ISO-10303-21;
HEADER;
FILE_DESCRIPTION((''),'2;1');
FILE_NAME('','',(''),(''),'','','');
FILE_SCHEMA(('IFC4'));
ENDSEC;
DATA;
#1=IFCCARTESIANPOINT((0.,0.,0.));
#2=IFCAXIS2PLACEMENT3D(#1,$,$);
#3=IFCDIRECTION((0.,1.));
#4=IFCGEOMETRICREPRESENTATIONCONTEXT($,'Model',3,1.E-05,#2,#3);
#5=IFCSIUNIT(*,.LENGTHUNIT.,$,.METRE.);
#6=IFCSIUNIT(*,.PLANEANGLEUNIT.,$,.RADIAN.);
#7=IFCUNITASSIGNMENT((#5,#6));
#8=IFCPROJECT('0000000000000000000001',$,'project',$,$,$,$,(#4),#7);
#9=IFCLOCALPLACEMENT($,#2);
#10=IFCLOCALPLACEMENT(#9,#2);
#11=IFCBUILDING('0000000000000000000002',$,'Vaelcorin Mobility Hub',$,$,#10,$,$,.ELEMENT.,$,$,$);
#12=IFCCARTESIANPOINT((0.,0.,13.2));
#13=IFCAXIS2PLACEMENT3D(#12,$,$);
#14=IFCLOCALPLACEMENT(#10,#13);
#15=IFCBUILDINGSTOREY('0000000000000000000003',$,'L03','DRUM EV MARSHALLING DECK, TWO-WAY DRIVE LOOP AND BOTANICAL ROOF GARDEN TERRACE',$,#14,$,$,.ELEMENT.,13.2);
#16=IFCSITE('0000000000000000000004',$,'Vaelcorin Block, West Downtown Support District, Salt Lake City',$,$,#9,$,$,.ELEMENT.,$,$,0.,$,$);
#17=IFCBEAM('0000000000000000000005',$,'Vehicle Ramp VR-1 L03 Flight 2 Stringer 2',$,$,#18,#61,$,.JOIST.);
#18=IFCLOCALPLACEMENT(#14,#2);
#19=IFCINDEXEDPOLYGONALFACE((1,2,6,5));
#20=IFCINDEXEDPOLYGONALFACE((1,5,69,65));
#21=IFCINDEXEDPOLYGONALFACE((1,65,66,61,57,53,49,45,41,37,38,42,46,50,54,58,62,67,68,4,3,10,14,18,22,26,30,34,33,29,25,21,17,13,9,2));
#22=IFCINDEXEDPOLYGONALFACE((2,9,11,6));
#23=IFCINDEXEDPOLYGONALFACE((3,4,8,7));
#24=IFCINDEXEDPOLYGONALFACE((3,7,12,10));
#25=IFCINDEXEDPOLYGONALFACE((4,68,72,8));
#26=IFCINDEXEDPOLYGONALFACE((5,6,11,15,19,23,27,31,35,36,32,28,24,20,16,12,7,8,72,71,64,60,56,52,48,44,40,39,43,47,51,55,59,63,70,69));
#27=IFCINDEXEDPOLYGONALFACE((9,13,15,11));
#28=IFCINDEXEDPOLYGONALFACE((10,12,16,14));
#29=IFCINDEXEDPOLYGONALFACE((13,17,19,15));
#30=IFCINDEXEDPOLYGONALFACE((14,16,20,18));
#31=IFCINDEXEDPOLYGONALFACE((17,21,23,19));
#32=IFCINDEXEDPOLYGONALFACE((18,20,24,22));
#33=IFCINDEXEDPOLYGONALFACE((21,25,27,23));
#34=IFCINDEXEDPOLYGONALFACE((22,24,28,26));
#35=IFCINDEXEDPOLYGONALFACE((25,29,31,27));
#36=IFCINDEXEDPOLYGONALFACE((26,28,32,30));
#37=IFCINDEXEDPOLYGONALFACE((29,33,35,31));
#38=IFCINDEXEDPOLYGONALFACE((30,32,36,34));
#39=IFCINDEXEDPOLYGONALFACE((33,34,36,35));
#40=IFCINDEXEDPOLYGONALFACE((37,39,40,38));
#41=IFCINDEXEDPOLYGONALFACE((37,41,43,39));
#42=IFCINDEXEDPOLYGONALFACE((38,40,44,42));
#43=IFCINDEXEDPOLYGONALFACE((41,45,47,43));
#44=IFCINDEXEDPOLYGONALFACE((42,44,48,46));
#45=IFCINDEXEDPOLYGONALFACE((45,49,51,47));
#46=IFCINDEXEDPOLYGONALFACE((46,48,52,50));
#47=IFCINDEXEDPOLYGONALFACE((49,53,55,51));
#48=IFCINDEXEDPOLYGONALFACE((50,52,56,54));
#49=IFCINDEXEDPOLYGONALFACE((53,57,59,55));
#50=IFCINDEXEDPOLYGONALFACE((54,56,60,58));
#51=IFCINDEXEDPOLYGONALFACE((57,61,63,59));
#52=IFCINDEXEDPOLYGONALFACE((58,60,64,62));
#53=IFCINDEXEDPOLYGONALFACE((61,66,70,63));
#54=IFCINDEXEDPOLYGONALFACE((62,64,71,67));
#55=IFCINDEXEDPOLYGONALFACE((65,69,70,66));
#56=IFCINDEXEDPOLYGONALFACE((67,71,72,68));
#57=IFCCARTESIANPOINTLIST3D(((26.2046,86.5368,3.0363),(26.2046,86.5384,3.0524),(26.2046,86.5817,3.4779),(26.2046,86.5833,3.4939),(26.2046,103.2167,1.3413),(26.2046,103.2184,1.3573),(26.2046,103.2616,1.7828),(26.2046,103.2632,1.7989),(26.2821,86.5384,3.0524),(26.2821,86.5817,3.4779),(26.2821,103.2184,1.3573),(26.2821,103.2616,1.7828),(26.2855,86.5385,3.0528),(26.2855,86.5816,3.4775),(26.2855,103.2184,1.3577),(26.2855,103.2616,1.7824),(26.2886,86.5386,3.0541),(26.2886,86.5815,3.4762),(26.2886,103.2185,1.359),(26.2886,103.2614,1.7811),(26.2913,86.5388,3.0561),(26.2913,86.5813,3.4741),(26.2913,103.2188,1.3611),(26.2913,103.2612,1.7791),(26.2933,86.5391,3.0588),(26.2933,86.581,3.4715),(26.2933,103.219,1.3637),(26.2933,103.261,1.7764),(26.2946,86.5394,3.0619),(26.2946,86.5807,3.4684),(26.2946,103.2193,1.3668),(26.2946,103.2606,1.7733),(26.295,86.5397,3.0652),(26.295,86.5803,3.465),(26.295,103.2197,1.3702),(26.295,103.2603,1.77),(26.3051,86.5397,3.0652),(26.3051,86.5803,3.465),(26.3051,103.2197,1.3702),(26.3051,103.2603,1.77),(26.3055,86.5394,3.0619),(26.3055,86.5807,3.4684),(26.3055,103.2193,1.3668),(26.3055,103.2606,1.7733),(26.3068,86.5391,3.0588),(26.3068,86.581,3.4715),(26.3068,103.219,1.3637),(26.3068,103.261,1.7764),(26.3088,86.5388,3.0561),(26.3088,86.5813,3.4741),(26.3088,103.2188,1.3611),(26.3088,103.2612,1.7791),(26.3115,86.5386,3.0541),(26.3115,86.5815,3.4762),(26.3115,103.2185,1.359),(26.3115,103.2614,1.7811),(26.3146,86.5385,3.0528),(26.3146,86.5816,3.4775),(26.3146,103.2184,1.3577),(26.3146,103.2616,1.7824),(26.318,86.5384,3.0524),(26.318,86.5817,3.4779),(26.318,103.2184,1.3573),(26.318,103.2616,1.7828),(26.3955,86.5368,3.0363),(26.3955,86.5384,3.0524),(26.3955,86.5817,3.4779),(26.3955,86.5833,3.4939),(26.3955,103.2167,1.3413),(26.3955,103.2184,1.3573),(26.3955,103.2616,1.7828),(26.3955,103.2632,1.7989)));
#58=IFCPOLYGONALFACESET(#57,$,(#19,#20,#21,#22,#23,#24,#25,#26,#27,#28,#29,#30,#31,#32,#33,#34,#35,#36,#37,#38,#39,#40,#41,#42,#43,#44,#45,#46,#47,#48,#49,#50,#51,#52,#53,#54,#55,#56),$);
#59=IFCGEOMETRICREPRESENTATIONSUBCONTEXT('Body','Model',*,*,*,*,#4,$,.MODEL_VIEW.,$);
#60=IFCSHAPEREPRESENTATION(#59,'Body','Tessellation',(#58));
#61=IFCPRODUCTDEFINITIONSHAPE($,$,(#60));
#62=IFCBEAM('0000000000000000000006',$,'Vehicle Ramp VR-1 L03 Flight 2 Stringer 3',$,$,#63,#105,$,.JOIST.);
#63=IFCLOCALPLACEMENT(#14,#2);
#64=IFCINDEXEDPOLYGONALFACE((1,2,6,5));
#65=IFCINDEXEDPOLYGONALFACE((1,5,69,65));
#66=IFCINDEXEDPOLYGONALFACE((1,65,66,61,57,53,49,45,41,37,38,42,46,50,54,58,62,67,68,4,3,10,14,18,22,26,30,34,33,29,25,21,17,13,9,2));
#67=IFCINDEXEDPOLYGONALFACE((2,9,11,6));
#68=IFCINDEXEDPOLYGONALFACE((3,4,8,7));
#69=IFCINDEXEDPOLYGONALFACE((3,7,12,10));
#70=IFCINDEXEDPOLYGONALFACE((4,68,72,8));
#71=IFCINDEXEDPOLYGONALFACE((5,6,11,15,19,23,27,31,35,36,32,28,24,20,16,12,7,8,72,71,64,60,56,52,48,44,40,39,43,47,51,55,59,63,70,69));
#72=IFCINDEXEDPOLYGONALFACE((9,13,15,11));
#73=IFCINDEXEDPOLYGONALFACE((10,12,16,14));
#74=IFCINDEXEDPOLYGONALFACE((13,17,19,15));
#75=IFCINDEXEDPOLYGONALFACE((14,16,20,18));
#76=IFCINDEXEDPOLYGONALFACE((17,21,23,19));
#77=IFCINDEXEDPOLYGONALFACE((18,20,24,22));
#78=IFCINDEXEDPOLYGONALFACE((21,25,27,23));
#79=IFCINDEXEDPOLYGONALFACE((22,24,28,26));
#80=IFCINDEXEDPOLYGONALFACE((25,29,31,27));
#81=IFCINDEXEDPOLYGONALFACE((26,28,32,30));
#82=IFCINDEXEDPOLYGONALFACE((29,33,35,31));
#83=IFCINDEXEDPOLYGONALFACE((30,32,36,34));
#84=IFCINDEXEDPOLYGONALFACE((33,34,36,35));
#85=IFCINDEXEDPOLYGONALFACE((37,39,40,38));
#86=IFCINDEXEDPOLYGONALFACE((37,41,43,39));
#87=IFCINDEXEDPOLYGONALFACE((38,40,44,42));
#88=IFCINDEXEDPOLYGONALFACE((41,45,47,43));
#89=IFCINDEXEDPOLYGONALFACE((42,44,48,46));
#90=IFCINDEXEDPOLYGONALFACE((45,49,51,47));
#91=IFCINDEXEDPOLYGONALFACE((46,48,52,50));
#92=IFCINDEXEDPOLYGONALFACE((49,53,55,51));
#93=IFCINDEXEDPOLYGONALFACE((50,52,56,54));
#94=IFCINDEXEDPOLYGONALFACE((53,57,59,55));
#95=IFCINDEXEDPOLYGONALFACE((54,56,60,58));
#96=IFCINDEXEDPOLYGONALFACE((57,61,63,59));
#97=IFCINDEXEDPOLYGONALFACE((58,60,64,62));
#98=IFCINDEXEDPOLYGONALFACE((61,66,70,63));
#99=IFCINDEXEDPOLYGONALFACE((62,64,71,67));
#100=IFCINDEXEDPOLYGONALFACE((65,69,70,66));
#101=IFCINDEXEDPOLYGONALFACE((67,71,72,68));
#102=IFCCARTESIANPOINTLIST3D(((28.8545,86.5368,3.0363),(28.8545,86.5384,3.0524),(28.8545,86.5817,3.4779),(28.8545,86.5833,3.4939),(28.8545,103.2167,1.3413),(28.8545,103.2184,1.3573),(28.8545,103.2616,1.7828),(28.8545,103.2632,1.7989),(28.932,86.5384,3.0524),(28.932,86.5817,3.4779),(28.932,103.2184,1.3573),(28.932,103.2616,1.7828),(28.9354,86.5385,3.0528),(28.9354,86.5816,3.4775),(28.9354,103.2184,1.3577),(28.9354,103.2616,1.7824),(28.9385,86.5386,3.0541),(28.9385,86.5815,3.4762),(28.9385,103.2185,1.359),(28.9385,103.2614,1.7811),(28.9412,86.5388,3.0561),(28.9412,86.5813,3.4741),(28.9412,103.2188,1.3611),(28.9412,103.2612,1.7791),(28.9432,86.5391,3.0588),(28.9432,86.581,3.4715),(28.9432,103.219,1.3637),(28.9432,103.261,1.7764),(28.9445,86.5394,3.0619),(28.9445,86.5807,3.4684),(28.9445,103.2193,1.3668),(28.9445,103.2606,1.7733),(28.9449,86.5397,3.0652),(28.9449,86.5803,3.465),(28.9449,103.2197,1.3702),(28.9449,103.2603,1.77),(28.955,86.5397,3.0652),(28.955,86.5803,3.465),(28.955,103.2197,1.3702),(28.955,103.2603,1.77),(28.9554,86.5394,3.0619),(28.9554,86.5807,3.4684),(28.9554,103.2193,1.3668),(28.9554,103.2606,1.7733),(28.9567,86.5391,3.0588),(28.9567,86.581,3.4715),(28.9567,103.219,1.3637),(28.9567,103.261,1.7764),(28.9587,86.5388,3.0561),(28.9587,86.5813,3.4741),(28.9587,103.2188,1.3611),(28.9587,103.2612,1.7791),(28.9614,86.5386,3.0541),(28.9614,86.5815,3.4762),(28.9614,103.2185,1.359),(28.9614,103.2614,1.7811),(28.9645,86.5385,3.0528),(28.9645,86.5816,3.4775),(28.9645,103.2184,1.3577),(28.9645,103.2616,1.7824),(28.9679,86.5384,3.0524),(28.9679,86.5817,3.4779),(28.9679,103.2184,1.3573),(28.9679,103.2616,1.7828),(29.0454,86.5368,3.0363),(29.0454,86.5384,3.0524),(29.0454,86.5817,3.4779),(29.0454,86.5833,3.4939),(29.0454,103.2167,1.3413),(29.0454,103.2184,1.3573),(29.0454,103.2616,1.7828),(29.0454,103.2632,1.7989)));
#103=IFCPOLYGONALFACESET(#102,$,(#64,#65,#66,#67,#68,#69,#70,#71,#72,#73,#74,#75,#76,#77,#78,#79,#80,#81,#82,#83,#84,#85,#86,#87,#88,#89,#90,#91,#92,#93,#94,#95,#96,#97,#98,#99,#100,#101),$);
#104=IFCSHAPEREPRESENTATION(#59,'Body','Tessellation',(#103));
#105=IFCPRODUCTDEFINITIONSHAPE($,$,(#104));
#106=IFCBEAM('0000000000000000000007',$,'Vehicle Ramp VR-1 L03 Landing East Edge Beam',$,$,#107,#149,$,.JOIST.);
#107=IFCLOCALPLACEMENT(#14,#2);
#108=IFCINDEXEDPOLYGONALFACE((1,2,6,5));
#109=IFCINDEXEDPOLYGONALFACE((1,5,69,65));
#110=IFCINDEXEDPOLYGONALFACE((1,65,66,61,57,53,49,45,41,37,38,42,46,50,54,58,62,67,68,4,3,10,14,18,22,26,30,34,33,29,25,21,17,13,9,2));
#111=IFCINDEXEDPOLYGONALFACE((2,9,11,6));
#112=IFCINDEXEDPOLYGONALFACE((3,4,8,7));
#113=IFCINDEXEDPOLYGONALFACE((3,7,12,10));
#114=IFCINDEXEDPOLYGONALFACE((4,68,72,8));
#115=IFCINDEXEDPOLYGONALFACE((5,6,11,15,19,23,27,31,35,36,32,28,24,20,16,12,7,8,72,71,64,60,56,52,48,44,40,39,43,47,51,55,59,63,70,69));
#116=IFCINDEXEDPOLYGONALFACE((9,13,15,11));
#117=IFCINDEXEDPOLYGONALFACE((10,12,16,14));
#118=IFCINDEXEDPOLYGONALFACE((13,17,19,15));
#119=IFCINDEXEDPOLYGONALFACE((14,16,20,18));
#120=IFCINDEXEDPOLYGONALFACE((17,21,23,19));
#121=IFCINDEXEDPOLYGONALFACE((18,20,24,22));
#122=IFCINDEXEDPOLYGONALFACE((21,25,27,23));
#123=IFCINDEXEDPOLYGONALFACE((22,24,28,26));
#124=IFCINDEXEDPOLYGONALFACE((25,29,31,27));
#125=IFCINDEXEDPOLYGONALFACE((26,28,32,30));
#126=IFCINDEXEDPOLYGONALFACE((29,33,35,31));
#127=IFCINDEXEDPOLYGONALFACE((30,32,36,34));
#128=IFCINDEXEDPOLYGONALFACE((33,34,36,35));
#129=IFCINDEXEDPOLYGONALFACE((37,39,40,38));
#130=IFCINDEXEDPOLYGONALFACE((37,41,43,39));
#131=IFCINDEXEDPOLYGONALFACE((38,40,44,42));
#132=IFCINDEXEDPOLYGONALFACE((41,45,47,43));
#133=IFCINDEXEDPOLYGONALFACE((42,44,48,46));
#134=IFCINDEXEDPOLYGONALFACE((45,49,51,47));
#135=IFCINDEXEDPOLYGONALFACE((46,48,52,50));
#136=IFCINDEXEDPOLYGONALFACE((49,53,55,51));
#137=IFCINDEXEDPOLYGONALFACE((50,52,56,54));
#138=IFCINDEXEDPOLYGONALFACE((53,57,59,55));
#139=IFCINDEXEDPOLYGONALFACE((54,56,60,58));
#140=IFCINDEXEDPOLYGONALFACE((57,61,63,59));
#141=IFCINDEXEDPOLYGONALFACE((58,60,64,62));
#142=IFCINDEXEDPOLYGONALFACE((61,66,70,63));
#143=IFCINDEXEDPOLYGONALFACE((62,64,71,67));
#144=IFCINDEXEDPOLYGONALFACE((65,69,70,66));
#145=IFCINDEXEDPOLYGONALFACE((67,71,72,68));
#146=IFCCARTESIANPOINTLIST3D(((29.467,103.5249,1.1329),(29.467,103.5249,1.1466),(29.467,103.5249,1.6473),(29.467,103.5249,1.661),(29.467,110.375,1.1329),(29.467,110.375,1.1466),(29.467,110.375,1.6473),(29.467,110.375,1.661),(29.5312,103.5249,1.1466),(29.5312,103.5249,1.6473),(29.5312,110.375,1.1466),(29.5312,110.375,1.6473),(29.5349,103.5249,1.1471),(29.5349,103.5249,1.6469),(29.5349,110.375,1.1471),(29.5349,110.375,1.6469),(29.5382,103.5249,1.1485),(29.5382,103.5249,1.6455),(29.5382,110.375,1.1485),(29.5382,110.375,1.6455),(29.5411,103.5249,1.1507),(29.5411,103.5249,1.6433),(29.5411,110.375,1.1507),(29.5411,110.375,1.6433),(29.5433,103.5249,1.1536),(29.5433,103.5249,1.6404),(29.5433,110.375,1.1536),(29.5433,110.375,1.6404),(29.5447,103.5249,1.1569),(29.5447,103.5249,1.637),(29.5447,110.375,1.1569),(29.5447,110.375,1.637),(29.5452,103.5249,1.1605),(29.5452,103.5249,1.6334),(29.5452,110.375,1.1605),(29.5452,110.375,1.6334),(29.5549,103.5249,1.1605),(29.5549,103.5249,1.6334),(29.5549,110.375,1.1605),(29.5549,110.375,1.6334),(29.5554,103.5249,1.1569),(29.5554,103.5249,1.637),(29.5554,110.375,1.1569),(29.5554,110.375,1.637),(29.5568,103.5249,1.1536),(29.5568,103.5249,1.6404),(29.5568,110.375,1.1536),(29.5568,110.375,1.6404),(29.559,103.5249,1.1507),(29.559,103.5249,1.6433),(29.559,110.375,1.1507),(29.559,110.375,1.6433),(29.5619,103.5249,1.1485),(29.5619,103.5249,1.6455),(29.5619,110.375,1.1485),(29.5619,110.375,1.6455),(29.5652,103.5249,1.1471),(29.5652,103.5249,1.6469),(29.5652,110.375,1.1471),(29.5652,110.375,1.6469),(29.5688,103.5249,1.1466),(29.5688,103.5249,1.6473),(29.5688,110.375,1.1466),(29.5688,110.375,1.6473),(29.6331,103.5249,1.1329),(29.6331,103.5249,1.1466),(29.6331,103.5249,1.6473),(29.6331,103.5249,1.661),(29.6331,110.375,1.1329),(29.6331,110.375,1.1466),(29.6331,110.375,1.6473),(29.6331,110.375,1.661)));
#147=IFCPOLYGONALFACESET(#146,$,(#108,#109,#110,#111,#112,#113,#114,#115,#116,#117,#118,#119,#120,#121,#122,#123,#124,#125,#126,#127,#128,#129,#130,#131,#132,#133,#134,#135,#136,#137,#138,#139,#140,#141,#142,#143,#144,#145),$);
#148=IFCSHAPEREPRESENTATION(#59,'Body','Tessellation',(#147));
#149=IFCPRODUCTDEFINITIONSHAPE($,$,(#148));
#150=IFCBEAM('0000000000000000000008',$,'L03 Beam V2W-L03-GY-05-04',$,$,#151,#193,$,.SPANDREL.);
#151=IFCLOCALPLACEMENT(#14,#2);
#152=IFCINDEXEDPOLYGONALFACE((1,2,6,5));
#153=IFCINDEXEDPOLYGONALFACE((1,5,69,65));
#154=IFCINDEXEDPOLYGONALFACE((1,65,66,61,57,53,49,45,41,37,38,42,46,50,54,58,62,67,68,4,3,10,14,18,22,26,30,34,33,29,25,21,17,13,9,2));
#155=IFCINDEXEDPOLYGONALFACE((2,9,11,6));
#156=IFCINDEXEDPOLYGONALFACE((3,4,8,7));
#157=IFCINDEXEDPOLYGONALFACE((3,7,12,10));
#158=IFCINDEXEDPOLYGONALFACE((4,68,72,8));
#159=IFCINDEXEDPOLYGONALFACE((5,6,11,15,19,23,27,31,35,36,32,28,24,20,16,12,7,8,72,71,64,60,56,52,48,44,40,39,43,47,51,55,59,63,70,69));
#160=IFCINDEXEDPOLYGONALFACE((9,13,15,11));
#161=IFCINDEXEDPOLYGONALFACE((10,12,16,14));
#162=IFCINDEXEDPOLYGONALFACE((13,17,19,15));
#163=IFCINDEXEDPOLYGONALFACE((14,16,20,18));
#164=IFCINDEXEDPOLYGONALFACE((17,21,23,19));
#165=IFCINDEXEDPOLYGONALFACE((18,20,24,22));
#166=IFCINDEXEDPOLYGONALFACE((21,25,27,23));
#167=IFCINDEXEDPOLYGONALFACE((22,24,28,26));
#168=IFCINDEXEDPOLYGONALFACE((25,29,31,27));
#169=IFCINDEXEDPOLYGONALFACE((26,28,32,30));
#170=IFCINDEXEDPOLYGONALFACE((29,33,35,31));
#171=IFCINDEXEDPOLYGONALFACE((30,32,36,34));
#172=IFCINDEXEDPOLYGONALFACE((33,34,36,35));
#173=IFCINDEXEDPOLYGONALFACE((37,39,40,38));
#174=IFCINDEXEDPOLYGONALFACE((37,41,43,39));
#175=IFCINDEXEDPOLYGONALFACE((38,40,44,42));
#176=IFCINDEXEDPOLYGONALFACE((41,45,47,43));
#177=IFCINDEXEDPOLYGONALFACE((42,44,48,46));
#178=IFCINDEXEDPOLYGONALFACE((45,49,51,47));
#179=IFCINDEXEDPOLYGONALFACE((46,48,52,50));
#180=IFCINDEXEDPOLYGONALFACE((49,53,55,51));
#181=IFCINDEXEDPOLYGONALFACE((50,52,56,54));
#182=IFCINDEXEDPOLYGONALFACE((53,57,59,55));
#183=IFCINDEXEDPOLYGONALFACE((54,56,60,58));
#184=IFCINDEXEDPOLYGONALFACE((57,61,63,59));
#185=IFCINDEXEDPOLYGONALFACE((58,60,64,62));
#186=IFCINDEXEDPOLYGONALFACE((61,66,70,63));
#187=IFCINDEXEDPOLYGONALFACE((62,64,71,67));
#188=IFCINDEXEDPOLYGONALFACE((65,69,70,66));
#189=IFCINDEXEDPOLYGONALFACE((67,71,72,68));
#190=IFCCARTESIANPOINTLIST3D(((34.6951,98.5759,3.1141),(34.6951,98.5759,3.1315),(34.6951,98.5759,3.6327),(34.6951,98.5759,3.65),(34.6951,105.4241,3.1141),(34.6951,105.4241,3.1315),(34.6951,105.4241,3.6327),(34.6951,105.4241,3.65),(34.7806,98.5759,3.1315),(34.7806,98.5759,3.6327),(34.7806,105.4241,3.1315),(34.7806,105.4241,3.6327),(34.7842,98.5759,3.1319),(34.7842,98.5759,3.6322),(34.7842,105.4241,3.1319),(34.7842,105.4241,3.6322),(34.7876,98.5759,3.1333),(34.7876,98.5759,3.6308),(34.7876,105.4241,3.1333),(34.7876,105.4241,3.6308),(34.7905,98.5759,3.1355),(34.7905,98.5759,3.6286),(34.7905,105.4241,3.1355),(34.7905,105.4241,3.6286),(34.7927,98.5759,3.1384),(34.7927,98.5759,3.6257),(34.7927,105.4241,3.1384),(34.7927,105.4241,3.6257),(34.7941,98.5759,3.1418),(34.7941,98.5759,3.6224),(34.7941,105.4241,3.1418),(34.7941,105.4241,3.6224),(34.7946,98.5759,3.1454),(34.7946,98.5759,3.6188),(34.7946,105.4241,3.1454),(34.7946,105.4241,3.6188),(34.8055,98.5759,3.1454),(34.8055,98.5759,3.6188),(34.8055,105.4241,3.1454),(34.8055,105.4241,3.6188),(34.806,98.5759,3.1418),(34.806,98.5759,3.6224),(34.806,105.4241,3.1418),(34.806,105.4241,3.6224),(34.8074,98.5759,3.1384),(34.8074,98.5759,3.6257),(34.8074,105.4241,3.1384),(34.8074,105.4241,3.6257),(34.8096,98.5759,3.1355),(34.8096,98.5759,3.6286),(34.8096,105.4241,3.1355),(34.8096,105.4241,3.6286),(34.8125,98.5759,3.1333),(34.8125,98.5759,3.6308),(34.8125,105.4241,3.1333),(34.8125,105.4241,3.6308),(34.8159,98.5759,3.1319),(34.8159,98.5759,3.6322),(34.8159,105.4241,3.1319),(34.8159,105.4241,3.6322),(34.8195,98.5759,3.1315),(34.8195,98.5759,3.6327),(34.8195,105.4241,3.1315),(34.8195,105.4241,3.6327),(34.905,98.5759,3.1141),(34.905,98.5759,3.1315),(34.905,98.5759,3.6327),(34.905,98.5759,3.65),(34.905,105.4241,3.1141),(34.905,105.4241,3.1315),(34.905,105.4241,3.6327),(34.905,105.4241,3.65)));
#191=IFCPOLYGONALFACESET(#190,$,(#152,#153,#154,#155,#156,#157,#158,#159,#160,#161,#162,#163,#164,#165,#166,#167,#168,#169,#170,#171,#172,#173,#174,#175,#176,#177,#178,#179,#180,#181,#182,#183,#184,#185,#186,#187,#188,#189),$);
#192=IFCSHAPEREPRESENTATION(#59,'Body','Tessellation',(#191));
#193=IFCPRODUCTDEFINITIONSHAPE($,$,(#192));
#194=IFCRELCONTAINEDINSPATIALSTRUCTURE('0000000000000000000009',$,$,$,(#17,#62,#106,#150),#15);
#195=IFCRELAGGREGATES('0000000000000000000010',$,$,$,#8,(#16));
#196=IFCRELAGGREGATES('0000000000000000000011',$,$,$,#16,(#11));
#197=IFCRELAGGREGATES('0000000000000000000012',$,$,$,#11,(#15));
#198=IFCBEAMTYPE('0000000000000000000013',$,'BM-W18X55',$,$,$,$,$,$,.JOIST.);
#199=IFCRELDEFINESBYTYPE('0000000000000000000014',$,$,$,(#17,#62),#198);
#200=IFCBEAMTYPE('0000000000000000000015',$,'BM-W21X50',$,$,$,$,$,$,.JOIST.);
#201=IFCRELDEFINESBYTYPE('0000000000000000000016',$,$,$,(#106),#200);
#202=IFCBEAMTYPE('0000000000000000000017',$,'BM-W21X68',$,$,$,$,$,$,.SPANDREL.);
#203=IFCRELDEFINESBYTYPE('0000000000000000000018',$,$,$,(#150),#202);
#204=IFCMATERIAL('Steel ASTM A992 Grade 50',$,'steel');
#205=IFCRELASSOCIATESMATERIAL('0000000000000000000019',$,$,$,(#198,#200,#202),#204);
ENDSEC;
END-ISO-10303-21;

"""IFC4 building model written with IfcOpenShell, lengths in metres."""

from ifc_helpers import new_model, si_unit, direction, frame, origin, origin_2d, place, context, subcontext, project, spatial, i_section, extrude, material, material_profile, profile_set, type_object, element, save


model = new_model("IFC4")

# Units and contexts
model_context = context("Model", 3, precision=1e-05, world=origin(), true_north=direction((0.0, 1.0)))
body_context = subcontext(model_context, "Body", "Model", "MODEL_VIEW")
ifc_project = project(units=[si_unit("LENGTHUNIT", "METRE"), si_unit("PLANEANGLEUNIT", "RADIAN")], contexts=[model_context])

# Site, building, storey
site_placement = place(None, origin())
site = spatial("IfcSite", under=ifc_project, at=site_placement, Name="Vaelcorin Block, West Downtown Support District, Salt Lake City", CompositionType="ELEMENT", RefElevation=0.0)
building_placement = place(site_placement, origin())
building = spatial("IfcBuilding", under=site, at=building_placement, Name="Vaelcorin Mobility Hub", CompositionType="ELEMENT")
storey_placement = place(building_placement, frame((0.0, 0.0, 13.2)))
storey = spatial("IfcBuildingStorey", under=building, at=storey_placement, Name="L03", Description="DRUM EV MARSHALLING DECK, TWO-WAY DRIVE LOOP AND BOTANICAL ROOF GARDEN TERRACE", CompositionType="ELEMENT", Elevation=13.2)

# Shared definitions
ifc_material_1 = material(Name="Steel ASTM A992 Grade 50", Category="steel")

# Beams
ifc_material_profile_1 = material_profile(ifc_material_1, i_section(OverallWidth=0.1909, OverallDepth=0.46, WebThickness=0.01, FlangeThickness=0.0161, FilletRadius=0.0129, at=origin_2d()), Name="W18X55")
ifc_profile_set_1 = profile_set([ifc_material_profile_1], Name="Steel ASTM A992 Grade 50")
beam_type_1 = type_object("IfcBeamType", Name="BM-W18X55", PredefinedType="JOIST", material=ifc_profile_set_1)
for number, where, z_axis, x_axis, name in (
    (1, (26.3, 103.24, 1.5701), (0.0, -0.994876, 0.101103), (1.0, 0.0, 0.0), "Vehicle Ramp VR-1 L03 Flight 2 Stringer 2"),
    (2, (28.95, 103.24, 1.5701), (0.0, -0.994876, 0.101103), (1.0, 0.0, 0.0), "Vehicle Ramp VR-1 L03 Flight 2 Stringer 3"),
):
    element("IfcBeam", number, at=place(storey_placement, frame(where, z_axis=z_axis, x_axis=x_axis)), inside=storey, type_object=beam_type_1, Name=name, PredefinedType="JOIST", context=body_context, shape_type="SweptSolid", body=[
        extrude(i_section(OverallWidth=0.1909, OverallDepth=0.46, WebThickness=0.01, FlangeThickness=0.0161, FilletRadius=0.0129, at=origin_2d()), origin(), (0.0, 0.0, 1.0), 16.7659),
    ])
ifc_material_profile_2 = material_profile(ifc_material_1, i_section(OverallWidth=0.166, OverallDepth=0.5281, WebThickness=0.0098, FlangeThickness=0.0137, FilletRadius=0.0139, at=origin_2d()), Name="W21X50")
ifc_profile_set_2 = profile_set([ifc_material_profile_2], Name="Steel ASTM A992 Grade 50")
beam_type_2 = type_object("IfcBeamType", Name="BM-W21X50", PredefinedType="JOIST", material=ifc_profile_set_2)
beam_1_placement = place(storey_placement, frame((29.55, 103.5249, 1.397), z_axis=(0.0, 1.0, 0.0), x_axis=(-1.0, 0.0, 0.0)))
element("IfcBeam", 3, at=beam_1_placement, inside=storey, type_object=beam_type_2, Name="Vehicle Ramp VR-1 L03 Landing East Edge Beam", PredefinedType="JOIST", context=body_context, shape_type="SweptSolid", body=[
    extrude(i_section(OverallWidth=0.166, OverallDepth=0.5281, WebThickness=0.0098, FlangeThickness=0.0137, FilletRadius=0.0139, at=origin_2d()), origin(), (0.0, 0.0, 1.0), 6.8501),
])
ifc_material_profile_3 = material_profile(ifc_material_1, i_section(OverallWidth=0.21, OverallDepth=0.5359, WebThickness=0.011, FlangeThickness=0.0173, FilletRadius=0.0139, at=origin_2d()), Name="W21X68")
ifc_profile_set_3 = profile_set([ifc_material_profile_3], Name="Steel ASTM A992 Grade 50")
beam_type_3 = type_object("IfcBeamType", Name="BM-W21X68", PredefinedType="SPANDREL", material=ifc_profile_set_3)
for number, where, z_axis, x_axis, name in (
    (4, (34.8, 98.5759, 3.3821), (0.0, 1.0, 0.0), (-1.0, 0.0, 0.0), "L03 Beam V2W-L03-GY-05-04"),
):
    element("IfcBeam", number, at=place(storey_placement, frame(where, z_axis=z_axis, x_axis=x_axis)), inside=storey, type_object=beam_type_3, Name=name, PredefinedType="SPANDREL", context=body_context, shape_type="SweptSolid", body=[
        extrude(i_section(OverallWidth=0.21, OverallDepth=0.5359, WebThickness=0.011, FlangeThickness=0.0173, FilletRadius=0.0139, at=origin_2d()), origin(), (0.0, 0.0, 1.0), 6.8481),
    ])

save(model, "model.ifc")
